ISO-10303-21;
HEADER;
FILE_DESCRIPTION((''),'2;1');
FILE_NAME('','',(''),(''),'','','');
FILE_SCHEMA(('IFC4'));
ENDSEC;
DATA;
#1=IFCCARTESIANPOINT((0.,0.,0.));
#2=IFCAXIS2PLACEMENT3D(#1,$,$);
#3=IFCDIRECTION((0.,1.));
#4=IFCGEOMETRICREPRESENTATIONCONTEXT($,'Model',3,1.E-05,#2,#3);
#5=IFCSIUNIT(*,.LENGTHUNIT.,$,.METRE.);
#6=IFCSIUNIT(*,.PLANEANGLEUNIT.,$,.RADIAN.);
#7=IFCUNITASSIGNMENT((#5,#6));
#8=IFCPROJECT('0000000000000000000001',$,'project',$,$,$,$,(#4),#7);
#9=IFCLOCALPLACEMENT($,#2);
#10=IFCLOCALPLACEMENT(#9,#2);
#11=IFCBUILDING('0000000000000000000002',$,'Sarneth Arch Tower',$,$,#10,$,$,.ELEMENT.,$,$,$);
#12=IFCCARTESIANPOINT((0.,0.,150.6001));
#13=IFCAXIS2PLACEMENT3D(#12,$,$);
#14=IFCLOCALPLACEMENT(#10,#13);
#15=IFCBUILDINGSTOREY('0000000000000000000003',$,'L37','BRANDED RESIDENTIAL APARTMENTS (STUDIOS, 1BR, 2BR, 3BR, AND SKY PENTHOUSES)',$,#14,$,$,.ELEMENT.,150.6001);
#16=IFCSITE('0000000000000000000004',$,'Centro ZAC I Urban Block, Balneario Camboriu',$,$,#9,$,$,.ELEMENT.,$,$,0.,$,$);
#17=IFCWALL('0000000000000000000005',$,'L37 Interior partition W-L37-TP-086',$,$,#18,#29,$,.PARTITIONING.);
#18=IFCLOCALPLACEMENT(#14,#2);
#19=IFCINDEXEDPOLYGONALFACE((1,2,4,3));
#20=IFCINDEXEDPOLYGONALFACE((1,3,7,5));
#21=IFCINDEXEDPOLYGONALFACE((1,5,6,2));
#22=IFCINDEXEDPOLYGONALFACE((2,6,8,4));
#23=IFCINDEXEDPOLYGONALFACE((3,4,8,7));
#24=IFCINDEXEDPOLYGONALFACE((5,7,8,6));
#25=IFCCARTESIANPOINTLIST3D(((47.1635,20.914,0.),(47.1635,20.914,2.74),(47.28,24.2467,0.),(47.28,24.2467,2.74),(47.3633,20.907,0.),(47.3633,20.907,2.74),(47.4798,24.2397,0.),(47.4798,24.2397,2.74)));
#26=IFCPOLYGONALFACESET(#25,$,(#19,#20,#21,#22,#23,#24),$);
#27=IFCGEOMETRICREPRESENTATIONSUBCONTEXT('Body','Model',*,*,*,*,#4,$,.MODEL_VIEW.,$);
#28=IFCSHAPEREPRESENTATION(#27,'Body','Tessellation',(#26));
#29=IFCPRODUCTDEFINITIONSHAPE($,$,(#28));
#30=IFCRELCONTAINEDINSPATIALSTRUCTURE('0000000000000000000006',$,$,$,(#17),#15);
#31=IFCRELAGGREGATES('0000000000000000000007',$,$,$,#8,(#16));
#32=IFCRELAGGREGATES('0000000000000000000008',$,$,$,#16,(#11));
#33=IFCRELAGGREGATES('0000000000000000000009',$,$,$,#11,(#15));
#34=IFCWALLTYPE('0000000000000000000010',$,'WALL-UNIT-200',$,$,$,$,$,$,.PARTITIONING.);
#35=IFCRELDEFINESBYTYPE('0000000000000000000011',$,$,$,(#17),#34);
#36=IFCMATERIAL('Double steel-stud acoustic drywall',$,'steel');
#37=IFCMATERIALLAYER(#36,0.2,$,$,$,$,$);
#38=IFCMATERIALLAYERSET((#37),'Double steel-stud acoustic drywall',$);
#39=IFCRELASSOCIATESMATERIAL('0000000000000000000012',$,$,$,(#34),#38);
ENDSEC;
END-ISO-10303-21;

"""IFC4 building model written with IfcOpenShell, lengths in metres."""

from ifc_helpers import new_model, si_unit, direction, frame, frame_2d, origin, place, context, subcontext, project, spatial, rectangle, extrude, material, layer, layer_set, type_object, element, save


model = new_model("IFC4")

# Units and contexts
model_context = context("Model", 3, precision=1e-05, world=origin(), true_north=direction((0.0, 1.0)))
body_context = subcontext(model_context, "Body", "Model", "MODEL_VIEW")
ifc_project = project(units=[si_unit("LENGTHUNIT", "METRE"), si_unit("PLANEANGLEUNIT", "RADIAN")], contexts=[model_context])

# Site, building, storey
site_placement = place(None, origin())
site = spatial("IfcSite", under=ifc_project, at=site_placement, Name="Centro ZAC I Urban Block, Balneario Camboriu", CompositionType="ELEMENT", RefElevation=0.0)
building_placement = place(site_placement, origin())
building = spatial("IfcBuilding", under=site, at=building_placement, Name="Sarneth Arch Tower", CompositionType="ELEMENT")
storey_placement = place(building_placement, frame((0.0, 0.0, 150.6001)))
storey = spatial("IfcBuildingStorey", under=building, at=storey_placement, Name="L37", Description="BRANDED RESIDENTIAL APARTMENTS (STUDIOS, 1BR, 2BR, 3BR, AND SKY PENTHOUSES)", CompositionType="ELEMENT", Elevation=150.6001)

# Wall
ifc_material_1 = material(Name="Double steel-stud acoustic drywall", Category="steel")
ifc_layer_1 = layer(ifc_material_1, 0.2)
ifc_layer_set_1 = layer_set([ifc_layer_1], Name="Double steel-stud acoustic drywall")
wall_type_1 = type_object("IfcWallType", Name="WALL-UNIT-200", PredefinedType="PARTITIONING", material=ifc_layer_set_1)
wall_1_placement = place(storey_placement, frame((47.2634, 20.9104, 0.0), z_axis=(0.0, 0.0, 1.0), x_axis=(0.034921, 0.99939, 0.0)))
element("IfcWall", 1, at=wall_1_placement, inside=storey, type_object=wall_type_1, Name="L37 Interior partition W-L37-TP-086", PredefinedType="PARTITIONING", context=body_context, shape_type="SweptSolid", body=[
    extrude(rectangle(XDim=3.3347, YDim=0.2, at=frame_2d((1.6675, 0.0))), origin(), (0.0, 0.0, 1.0), 2.74),
])

save(model, "model.ifc")
